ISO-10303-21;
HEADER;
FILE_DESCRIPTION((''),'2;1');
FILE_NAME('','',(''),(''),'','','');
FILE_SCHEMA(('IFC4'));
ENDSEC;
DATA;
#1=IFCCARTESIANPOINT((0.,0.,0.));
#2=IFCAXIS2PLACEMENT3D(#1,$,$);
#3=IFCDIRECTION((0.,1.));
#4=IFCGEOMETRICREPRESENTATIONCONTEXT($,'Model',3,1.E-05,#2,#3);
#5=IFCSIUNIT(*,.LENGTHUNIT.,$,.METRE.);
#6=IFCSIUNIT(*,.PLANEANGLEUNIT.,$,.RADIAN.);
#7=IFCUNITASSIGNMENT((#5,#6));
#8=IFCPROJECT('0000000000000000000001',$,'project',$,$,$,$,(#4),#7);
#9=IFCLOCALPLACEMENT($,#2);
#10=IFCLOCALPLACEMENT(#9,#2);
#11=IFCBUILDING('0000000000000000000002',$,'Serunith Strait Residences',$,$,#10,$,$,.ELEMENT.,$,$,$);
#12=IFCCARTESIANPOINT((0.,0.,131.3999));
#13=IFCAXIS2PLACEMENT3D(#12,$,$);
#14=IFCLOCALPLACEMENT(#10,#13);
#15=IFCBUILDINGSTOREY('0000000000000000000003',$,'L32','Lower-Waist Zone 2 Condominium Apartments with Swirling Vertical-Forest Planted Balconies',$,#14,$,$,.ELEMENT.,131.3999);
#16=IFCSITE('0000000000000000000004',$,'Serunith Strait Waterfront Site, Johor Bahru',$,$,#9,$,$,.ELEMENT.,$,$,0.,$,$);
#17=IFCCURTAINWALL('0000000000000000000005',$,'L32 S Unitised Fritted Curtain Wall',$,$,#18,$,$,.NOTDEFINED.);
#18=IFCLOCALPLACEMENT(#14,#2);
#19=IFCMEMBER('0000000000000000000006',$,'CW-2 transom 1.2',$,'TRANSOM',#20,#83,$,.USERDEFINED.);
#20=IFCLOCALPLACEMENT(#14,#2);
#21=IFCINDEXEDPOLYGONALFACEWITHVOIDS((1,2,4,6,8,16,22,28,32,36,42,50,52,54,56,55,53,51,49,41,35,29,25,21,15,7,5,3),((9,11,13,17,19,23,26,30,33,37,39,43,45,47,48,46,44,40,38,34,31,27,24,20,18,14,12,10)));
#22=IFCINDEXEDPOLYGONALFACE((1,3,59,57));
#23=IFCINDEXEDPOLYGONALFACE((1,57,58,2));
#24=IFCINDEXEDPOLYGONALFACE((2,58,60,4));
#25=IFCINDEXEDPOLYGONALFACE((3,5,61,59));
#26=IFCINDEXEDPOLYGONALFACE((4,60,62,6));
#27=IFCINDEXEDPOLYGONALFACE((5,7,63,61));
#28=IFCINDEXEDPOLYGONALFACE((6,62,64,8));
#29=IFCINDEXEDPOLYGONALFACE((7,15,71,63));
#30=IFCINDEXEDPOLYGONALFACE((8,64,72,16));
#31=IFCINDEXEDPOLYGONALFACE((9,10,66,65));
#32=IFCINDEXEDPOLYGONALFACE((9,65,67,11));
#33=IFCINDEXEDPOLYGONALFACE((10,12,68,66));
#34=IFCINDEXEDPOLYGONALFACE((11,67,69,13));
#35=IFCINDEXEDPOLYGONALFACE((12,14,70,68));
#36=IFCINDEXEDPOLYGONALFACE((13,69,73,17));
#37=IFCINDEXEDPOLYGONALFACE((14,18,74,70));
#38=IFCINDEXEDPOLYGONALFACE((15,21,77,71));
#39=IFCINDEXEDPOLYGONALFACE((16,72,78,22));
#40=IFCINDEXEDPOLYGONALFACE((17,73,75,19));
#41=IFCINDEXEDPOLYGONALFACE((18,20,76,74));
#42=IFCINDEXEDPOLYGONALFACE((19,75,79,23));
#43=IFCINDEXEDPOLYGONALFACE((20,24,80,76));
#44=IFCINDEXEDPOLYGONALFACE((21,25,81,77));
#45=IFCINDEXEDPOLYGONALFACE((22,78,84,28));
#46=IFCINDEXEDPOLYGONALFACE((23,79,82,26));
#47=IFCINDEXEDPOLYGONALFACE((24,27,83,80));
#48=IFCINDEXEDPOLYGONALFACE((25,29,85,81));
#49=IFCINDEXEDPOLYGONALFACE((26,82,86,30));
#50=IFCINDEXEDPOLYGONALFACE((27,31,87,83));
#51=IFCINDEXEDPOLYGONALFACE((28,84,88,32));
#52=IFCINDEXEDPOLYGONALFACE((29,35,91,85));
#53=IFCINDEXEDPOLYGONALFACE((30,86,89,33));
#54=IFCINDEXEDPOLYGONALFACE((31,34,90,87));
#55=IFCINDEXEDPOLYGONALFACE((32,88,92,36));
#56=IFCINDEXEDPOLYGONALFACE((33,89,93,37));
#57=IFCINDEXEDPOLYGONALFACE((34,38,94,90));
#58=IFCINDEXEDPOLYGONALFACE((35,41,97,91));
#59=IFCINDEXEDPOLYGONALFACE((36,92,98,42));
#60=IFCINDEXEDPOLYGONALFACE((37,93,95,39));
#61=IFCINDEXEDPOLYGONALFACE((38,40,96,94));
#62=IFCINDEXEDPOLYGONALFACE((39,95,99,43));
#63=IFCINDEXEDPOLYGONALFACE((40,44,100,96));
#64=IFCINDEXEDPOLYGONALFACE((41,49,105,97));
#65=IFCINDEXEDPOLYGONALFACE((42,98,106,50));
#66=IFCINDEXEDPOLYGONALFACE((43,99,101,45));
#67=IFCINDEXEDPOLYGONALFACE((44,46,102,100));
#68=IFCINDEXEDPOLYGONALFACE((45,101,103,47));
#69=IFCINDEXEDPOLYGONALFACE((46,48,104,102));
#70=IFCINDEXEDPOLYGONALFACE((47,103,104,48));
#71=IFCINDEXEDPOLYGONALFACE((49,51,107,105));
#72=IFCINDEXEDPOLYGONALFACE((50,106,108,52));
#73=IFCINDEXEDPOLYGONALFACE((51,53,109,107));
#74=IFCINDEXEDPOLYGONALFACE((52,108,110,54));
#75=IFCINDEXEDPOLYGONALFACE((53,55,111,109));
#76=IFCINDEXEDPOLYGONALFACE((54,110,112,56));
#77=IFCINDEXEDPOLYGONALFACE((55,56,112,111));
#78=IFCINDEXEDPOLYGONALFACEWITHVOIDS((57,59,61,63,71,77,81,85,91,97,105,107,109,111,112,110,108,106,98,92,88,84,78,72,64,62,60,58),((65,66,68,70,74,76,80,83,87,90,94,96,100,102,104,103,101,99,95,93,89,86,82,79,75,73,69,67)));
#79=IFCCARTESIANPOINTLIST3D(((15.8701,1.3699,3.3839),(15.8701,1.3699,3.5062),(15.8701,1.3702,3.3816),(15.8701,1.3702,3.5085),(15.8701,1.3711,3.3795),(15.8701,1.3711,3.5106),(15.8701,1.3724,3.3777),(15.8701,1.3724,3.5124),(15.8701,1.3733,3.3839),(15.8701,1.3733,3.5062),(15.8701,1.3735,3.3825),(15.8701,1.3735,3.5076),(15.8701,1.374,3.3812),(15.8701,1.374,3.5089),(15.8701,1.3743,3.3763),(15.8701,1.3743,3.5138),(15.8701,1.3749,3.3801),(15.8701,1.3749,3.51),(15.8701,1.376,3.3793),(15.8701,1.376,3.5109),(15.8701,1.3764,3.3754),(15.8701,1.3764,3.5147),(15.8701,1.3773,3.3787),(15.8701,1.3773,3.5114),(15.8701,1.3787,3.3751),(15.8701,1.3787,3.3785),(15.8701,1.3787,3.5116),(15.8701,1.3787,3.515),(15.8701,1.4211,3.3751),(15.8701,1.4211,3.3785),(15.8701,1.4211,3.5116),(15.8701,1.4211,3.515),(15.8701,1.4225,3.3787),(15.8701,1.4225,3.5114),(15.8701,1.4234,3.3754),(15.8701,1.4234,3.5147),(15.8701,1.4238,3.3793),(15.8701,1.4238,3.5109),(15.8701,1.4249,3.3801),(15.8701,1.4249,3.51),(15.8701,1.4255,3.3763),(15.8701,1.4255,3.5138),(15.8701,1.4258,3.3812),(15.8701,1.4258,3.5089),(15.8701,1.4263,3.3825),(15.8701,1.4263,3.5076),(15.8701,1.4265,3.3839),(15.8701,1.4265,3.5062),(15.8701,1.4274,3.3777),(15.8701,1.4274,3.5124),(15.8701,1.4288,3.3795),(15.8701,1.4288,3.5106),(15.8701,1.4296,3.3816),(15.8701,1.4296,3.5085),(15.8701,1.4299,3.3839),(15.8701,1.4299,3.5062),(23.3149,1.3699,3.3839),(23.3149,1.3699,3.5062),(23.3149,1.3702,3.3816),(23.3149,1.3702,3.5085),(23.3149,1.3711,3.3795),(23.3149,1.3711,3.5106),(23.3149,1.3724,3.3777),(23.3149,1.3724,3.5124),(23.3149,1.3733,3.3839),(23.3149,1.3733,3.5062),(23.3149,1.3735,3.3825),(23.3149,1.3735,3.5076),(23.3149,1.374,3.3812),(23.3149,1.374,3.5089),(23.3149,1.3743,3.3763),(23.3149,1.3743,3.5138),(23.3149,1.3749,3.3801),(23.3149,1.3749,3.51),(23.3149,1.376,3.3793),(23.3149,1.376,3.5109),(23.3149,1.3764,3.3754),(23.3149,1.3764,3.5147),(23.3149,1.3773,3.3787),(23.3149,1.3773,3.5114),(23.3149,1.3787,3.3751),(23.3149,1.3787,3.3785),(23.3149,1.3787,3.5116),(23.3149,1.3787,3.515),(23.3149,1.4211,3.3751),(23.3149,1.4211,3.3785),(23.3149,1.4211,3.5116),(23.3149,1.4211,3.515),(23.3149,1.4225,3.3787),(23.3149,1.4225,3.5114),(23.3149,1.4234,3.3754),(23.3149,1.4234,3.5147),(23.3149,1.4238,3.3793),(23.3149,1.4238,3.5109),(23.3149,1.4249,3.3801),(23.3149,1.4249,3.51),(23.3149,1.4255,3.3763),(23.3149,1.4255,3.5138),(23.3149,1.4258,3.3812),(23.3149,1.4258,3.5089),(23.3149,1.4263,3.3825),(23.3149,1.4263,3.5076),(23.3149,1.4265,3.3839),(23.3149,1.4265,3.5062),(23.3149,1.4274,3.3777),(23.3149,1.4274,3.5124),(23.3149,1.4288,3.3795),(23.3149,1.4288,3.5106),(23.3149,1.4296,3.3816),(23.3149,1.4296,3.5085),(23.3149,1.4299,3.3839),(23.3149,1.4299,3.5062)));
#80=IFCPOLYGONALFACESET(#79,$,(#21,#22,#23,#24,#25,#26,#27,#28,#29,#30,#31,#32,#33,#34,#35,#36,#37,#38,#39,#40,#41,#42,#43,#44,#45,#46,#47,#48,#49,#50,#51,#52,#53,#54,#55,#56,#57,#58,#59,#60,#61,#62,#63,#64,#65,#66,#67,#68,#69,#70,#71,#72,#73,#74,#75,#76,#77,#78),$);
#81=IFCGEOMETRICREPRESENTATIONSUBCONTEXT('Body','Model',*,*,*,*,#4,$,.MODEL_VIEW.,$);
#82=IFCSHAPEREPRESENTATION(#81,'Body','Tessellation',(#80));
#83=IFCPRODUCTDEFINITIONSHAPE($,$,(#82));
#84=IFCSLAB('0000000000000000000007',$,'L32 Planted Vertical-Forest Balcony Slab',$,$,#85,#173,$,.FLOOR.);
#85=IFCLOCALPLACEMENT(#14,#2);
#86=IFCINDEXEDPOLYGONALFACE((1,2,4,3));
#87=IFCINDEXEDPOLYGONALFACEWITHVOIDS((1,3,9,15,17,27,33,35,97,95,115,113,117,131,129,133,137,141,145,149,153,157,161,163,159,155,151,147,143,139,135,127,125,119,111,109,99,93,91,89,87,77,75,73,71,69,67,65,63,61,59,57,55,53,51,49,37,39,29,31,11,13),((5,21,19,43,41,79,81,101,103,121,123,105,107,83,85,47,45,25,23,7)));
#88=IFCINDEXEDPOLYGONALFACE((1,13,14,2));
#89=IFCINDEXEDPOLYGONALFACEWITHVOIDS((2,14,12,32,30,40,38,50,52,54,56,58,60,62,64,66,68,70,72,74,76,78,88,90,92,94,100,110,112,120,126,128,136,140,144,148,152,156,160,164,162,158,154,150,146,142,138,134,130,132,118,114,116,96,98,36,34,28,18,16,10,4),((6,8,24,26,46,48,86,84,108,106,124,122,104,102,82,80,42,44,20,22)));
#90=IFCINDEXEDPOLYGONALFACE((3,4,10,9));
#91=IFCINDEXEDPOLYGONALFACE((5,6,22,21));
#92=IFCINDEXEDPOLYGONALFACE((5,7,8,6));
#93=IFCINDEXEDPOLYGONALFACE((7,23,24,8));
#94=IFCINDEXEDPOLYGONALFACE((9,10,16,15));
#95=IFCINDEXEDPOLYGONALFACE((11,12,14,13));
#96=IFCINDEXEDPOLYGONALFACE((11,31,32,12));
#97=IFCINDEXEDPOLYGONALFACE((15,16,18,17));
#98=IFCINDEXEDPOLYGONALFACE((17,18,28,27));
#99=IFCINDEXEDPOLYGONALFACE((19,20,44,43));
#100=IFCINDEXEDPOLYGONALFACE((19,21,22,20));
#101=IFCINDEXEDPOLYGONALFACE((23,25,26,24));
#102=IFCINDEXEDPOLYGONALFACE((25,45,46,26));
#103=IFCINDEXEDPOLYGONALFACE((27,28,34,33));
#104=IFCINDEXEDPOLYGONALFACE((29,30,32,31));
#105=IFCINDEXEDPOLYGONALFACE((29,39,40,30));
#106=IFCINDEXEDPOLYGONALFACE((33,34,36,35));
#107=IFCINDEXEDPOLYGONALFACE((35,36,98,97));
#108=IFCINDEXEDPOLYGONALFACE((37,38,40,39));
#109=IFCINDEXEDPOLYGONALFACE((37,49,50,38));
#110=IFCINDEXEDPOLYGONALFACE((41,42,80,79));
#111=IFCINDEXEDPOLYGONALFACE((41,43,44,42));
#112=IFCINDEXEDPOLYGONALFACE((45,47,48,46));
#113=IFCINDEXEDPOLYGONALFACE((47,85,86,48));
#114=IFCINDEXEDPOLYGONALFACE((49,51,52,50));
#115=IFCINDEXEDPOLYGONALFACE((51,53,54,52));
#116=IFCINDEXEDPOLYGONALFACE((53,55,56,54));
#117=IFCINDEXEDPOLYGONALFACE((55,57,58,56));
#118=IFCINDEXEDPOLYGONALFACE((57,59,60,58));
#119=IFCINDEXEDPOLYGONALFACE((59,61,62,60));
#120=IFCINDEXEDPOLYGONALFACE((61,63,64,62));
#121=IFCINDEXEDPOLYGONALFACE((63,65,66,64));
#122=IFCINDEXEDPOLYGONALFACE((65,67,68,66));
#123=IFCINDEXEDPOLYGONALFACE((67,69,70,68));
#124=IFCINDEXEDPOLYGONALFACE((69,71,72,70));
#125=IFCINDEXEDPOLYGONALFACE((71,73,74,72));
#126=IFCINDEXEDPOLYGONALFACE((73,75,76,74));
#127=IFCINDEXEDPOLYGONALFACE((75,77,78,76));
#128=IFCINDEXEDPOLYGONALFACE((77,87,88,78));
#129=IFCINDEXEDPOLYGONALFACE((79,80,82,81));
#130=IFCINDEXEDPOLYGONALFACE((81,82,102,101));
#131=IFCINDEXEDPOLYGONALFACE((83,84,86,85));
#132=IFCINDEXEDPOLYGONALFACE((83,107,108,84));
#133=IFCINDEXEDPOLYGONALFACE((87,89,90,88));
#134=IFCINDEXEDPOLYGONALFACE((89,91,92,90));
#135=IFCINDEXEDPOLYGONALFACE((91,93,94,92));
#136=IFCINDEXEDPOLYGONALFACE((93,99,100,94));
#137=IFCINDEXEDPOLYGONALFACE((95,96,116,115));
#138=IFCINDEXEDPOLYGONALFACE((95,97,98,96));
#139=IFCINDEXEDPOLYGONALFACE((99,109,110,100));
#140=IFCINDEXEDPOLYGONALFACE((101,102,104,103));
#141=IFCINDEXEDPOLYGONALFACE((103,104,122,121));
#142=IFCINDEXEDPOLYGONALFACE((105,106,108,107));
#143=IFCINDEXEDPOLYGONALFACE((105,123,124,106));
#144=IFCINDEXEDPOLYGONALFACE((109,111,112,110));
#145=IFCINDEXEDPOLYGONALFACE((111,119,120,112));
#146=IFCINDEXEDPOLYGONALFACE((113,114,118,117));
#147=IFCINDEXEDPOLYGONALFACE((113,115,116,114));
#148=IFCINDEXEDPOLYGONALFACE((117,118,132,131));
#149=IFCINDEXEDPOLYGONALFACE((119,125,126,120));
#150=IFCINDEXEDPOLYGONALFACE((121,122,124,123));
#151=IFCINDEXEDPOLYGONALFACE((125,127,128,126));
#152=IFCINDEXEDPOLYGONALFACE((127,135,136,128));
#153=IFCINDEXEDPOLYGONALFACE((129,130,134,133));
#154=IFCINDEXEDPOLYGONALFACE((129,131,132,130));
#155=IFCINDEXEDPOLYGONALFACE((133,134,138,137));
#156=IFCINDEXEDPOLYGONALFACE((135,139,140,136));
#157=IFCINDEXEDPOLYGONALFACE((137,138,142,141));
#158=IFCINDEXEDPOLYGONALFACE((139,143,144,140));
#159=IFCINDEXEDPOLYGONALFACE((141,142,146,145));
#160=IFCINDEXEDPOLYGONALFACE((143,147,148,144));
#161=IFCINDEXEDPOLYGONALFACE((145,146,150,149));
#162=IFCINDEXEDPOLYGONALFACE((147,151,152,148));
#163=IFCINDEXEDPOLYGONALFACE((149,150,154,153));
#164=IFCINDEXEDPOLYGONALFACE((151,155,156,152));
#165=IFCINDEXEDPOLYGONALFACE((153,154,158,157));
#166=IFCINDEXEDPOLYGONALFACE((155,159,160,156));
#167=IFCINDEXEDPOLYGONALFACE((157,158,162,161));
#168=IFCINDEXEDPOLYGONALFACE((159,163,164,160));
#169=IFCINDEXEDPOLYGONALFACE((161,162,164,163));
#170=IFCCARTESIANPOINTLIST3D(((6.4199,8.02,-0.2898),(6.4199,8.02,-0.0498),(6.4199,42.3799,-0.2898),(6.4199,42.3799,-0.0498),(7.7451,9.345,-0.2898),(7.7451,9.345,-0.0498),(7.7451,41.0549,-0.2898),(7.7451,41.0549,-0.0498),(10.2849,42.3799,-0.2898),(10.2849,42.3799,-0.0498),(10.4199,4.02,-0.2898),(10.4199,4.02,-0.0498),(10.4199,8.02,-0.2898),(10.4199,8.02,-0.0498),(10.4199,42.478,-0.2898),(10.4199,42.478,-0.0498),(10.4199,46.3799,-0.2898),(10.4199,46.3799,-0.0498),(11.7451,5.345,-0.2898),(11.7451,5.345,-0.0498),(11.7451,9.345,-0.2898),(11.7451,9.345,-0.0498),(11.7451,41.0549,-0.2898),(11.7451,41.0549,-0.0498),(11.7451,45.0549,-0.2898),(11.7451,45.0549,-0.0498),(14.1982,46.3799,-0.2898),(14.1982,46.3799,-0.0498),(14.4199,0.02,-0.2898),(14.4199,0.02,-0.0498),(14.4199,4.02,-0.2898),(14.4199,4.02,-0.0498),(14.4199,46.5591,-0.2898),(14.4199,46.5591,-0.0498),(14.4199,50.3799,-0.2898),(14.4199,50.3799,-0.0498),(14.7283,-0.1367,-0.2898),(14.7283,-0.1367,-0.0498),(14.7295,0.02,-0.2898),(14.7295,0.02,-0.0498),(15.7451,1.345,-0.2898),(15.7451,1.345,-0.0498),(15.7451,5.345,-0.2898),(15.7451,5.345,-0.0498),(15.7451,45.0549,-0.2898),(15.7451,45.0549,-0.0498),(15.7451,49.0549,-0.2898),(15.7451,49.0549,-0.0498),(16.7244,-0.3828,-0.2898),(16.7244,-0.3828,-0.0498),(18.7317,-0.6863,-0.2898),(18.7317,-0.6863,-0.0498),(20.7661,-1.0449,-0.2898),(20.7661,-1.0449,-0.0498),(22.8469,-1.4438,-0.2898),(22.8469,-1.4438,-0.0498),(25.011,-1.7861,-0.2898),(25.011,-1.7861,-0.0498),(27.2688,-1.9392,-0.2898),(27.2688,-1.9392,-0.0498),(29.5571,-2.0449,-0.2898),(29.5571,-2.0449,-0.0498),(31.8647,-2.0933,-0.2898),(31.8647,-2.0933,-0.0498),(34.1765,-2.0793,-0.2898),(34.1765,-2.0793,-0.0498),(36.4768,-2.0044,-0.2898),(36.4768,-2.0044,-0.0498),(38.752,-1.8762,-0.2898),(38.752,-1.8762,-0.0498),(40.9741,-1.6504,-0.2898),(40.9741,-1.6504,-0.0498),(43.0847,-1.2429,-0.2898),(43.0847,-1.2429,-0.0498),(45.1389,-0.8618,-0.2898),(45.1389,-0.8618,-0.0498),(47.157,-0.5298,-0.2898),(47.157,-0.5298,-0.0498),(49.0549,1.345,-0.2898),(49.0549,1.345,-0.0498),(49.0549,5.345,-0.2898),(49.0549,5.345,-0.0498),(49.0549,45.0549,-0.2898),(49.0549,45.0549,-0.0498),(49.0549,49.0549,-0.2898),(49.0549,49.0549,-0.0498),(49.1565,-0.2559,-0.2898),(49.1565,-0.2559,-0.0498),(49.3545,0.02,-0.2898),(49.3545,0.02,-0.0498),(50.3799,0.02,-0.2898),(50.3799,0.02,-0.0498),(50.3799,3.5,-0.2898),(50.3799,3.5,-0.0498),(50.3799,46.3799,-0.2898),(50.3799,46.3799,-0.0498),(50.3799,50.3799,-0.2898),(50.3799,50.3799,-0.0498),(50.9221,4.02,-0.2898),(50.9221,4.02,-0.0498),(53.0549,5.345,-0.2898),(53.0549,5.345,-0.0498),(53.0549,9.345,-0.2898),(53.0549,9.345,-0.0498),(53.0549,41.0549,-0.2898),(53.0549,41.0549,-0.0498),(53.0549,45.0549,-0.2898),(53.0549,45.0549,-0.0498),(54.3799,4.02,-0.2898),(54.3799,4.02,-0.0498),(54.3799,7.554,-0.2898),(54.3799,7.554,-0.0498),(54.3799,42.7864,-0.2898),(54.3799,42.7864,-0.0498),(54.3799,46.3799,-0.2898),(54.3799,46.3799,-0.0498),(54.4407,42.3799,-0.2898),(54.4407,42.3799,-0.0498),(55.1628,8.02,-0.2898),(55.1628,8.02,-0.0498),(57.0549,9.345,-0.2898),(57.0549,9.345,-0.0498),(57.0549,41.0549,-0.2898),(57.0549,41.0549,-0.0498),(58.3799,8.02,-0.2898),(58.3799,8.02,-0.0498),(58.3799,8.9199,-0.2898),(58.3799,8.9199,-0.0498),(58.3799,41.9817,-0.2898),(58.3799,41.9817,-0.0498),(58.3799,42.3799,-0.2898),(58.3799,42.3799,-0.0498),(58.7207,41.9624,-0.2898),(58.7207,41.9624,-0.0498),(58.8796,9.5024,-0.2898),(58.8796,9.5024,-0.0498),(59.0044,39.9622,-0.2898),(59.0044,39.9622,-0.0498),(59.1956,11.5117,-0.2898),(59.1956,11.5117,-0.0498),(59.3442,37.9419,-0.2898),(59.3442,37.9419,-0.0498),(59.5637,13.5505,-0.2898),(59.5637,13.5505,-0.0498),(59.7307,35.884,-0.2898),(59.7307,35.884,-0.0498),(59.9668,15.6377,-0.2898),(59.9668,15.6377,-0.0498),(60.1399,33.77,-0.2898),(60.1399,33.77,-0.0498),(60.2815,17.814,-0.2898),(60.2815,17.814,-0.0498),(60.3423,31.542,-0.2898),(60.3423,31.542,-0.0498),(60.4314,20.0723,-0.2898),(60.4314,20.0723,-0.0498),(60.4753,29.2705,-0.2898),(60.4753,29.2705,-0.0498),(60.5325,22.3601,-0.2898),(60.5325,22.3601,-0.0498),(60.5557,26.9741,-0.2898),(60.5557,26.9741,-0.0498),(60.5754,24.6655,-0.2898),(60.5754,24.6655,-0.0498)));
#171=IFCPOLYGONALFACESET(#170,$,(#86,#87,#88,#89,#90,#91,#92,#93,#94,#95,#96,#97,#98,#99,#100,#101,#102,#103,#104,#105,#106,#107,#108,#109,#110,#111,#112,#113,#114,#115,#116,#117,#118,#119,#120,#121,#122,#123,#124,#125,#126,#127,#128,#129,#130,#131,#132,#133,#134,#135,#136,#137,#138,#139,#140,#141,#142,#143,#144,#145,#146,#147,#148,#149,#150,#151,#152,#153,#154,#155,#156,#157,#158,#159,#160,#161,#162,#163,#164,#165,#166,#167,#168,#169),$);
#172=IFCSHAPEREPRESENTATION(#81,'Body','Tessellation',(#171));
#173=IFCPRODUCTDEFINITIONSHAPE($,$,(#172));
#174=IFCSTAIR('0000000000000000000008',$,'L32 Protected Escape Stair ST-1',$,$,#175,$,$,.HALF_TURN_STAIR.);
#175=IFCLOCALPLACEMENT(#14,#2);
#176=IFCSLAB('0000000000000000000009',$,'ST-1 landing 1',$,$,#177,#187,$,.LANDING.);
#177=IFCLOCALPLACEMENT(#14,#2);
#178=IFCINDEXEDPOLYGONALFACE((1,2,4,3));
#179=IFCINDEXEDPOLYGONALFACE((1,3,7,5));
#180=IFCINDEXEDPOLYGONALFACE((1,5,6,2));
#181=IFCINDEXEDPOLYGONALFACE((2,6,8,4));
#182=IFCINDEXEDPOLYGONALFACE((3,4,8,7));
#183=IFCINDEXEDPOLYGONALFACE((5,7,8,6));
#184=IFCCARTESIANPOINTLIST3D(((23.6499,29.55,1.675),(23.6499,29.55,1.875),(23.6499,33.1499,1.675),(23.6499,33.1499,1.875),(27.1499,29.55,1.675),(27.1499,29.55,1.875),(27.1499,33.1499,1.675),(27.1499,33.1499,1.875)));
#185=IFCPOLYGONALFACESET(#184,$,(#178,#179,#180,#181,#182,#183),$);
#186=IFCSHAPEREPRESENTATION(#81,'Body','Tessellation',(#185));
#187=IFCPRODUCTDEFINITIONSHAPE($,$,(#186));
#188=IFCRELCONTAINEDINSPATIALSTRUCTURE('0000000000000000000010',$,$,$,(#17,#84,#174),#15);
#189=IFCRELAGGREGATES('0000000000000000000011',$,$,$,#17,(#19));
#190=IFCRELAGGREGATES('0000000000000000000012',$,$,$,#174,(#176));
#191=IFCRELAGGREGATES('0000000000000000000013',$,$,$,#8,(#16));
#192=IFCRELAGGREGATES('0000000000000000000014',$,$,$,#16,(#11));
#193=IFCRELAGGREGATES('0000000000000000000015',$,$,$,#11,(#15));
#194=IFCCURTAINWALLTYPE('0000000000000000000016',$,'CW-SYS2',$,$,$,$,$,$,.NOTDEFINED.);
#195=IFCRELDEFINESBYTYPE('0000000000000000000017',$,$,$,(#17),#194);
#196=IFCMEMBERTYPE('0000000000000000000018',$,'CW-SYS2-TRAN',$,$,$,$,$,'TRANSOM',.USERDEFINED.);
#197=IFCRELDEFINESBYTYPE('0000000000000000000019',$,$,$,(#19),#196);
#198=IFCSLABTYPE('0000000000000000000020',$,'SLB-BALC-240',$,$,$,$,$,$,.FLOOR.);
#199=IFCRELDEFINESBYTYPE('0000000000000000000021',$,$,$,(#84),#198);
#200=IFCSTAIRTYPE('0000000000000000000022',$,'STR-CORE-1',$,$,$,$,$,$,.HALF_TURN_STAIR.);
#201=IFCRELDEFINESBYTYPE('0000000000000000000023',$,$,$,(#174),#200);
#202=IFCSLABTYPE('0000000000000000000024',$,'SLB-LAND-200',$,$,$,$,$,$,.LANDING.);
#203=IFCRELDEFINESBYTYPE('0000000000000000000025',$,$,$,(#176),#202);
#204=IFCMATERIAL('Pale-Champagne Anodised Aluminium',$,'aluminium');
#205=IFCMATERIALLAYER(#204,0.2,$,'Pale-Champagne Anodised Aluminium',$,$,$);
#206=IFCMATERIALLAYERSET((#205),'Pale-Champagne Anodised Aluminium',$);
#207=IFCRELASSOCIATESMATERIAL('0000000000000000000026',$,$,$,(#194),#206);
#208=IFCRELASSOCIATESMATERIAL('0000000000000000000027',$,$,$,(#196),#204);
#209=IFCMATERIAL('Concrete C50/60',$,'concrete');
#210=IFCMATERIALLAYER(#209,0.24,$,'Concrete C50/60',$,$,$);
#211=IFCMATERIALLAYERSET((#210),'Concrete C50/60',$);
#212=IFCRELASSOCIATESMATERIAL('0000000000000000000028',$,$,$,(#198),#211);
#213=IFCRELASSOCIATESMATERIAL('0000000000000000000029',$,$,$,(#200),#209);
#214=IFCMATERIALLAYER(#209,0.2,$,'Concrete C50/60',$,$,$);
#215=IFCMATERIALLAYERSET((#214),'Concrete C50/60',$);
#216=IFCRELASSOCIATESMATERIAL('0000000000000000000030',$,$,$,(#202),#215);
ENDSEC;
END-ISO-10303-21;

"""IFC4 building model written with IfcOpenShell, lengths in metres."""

from ifc_helpers import new_model, si_unit, direction, frame, origin, origin_2d, place, context, subcontext, project, spatial, polyline, hollow_rectangle, outline, extrude, source, transform, mapped, material, layer, layer_set, material_profile, profile_set, type_object, element, aggregate, save


model = new_model("IFC4")

# Units and contexts
model_context = context("Model", 3, precision=1e-05, world=origin(), true_north=direction((0.0, 1.0)))
body_context = subcontext(model_context, "Body", "Model", "MODEL_VIEW")
ifc_project = project(units=[si_unit("LENGTHUNIT", "METRE"), si_unit("PLANEANGLEUNIT", "RADIAN")], contexts=[model_context])

# Site, building, storey
site_placement = place(None, origin())
site = spatial("IfcSite", under=ifc_project, at=site_placement, Name="Serunith Strait Waterfront Site, Johor Bahru", CompositionType="ELEMENT", RefElevation=0.0)
building_placement = place(site_placement, origin())
building = spatial("IfcBuilding", under=site, at=building_placement, Name="Serunith Strait Residences", CompositionType="ELEMENT")
storey_placement = place(building_placement, frame((0.0, 0.0, 131.3999)))
storey = spatial("IfcBuildingStorey", under=building, at=storey_placement, Name="L32", Description="Lower-Waist Zone 2 Condominium Apartments with Swirling Vertical-Forest Planted Balconies", CompositionType="ELEMENT", Elevation=131.3999)

# Curtain wall
ifc_material_1 = material(Name="Pale-Champagne Anodised Aluminium", Category="aluminium")
ifc_layer_1 = layer(ifc_material_1, 0.2, Name="Pale-Champagne Anodised Aluminium")
ifc_layer_set_1 = layer_set([ifc_layer_1], Name="Pale-Champagne Anodised Aluminium")
curtain_wall_type = type_object("IfcCurtainWallType", Name="CW-SYS2", PredefinedType="NOTDEFINED", material=ifc_layer_set_1)
curtain_wall_1_placement = place(storey_placement, origin())
curtain_wall_1 = element("IfcCurtainWall", 1, at=curtain_wall_1_placement, inside=storey, type_object=curtain_wall_type, Name="L32 S Unitised Fritted Curtain Wall", PredefinedType="NOTDEFINED")

# Member
ifc_material_profile_1 = material_profile(ifc_material_1, hollow_rectangle(XDim=0.0601, YDim=0.1399, WallThickness=0.0034, InnerFilletRadius=0.0054, OuterFilletRadius=0.0088, at=origin_2d()), Name="ALU 140x60x3.5")
ifc_profile_set_1 = profile_set([ifc_material_profile_1], Name="Pale-Champagne Anodised Aluminium")
member_type_1 = type_object("IfcMemberType", Name="CW-SYS2-TRAN", ElementType="TRANSOM", PredefinedType="USERDEFINED", material=ifc_profile_set_1)
shared_shape_1 = source(origin(), body_context, "Body", "SweptSolid", [
    extrude(hollow_rectangle(XDim=0.0601, YDim=0.1399, WallThickness=0.0034, InnerFilletRadius=0.0054, OuterFilletRadius=0.0088, at=origin_2d()), origin(), (0.0, 0.0, 1.0), 7.4448),
])
member_1_placement = place(storey_placement, frame((15.8701, 1.3999, 3.4451), z_axis=(1.0, 0.0, 0.0), x_axis=(0.0, 1.0, 0.0)))
member_1 = element("IfcMember", 2, at=member_1_placement, type_object=member_type_1, Name="CW-2 transom 1.2", ObjectType="TRANSOM", PredefinedType="USERDEFINED", context=body_context, shape_type="MappedRepresentation", body=[
    mapped(shared_shape_1, transform((0.0, 0.0, 0.0), scale=1.0)),
])
aggregate(curtain_wall_1, [member_1])

# Slab
ifc_material_2 = material(Name="Concrete C50/60", Category="concrete")
ifc_layer_2 = layer(ifc_material_2, 0.24, Name="Concrete C50/60")
ifc_layer_set_2 = layer_set([ifc_layer_2], Name="Concrete C50/60")
slab_type_1 = type_object("IfcSlabType", Name="SLB-BALC-240", PredefinedType="FLOOR", material=ifc_layer_set_2)
slab_1_placement = place(storey_placement, frame((0.0, 0.0, -0.2898)))
element("IfcSlab", 3, at=slab_1_placement, inside=storey, type_object=slab_type_1, Name="L32 Planted Vertical-Forest Balcony Slab", PredefinedType="FLOOR", context=body_context, shape_type="SweptSolid", body=[
    extrude(outline(polyline([(14.4199, 0.02), (14.4199, 4.02), (10.4199, 4.02), (10.4199, 8.02), (6.4199, 8.02), (6.4199, 42.3799), (10.2849, 42.3799), (10.4199, 42.478), (10.4199, 46.3799), (14.1982, 46.3799), (14.4199, 46.5591), (14.4199, 50.3799), (50.3799, 50.3799), (50.3799, 46.3799), (54.3799, 46.3799), (54.3799, 42.7864), (54.4407, 42.3799), (58.3799, 42.3799), (58.3799, 41.9817), (58.7207, 41.9624), (59.0044, 39.9622), (59.3442, 37.9419), (59.7307, 35.884), (60.1399, 33.77), (60.3423, 31.542), (60.4753, 29.2705), (60.5557, 26.9741), (60.5754, 24.6655), (60.5325, 22.3601), (60.4314, 20.0723), (60.2815, 17.814), (59.9668, 15.6377), (59.5637, 13.5505), (59.1956, 11.5117), (58.8796, 9.5024), (58.3799, 8.9199), (58.3799, 8.02), (55.1628, 8.02), (54.3799, 7.554), (54.3799, 4.02), (50.9221, 4.02), (50.3799, 3.5), (50.3799, 0.02), (49.3545, 0.02), (49.1565, -0.2559), (47.157, -0.5298), (45.1389, -0.8618), (43.0847, -1.2429), (40.9741, -1.6504), (38.752, -1.8762), (36.4768, -2.0044), (34.1765, -2.0793), (31.8647, -2.0933), (29.5571, -2.0449), (27.2688, -1.9392), (25.011, -1.7861), (22.8469, -1.4438), (20.7661, -1.0449), (18.7317, -0.6863), (16.7244, -0.3828), (14.7283, -0.1367), (14.7295, 0.02), (14.4199, 0.02)]), holes=[polyline([(49.0549, 1.345), (49.0549, 5.345), (53.0549, 5.345), (53.0549, 9.345), (57.0549, 9.345), (57.0549, 41.0549), (53.0549, 41.0549), (53.0549, 45.0549), (49.0549, 45.0549), (49.0549, 49.0549), (15.7451, 49.0549), (15.7451, 45.0549), (11.7451, 45.0549), (11.7451, 41.0549), (7.7451, 41.0549), (7.7451, 9.345), (11.7451, 9.345), (11.7451, 5.345), (15.7451, 5.345), (15.7451, 1.345), (49.0549, 1.345)])]), origin(), (0.0, 0.0, 1.0), 0.24),
])

# Stair, slab
stair_type_1 = type_object("IfcStairType", Name="STR-CORE-1", PredefinedType="HALF_TURN_STAIR", material=ifc_material_2)
stair_1_placement = place(storey_placement, origin())
stair_1 = element("IfcStair", 4, at=stair_1_placement, inside=storey, type_object=stair_type_1, Name="L32 Protected Escape Stair ST-1", PredefinedType="HALF_TURN_STAIR")
ifc_layer_3 = layer(ifc_material_2, 0.2, Name="Concrete C50/60")
ifc_layer_set_3 = layer_set([ifc_layer_3], Name="Concrete C50/60")
slab_type_2 = type_object("IfcSlabType", Name="SLB-LAND-200", PredefinedType="LANDING", material=ifc_layer_set_3)
slab_2_placement = place(storey_placement, frame((0.0, 0.0, 1.675)))
slab_2 = element("IfcSlab", 5, at=slab_2_placement, type_object=slab_type_2, Name="ST-1 landing 1", PredefinedType="LANDING", context=body_context, shape_type="SweptSolid", body=[
    extrude(outline(polyline([(27.1499, 29.55), (27.1499, 33.1499), (23.6499, 33.1499), (23.6499, 29.55), (27.1499, 29.55)])), origin(), (0.0, 0.0, 1.0), 0.2),
])
aggregate(stair_1, [slab_2])

save(model, "model.ifc")
